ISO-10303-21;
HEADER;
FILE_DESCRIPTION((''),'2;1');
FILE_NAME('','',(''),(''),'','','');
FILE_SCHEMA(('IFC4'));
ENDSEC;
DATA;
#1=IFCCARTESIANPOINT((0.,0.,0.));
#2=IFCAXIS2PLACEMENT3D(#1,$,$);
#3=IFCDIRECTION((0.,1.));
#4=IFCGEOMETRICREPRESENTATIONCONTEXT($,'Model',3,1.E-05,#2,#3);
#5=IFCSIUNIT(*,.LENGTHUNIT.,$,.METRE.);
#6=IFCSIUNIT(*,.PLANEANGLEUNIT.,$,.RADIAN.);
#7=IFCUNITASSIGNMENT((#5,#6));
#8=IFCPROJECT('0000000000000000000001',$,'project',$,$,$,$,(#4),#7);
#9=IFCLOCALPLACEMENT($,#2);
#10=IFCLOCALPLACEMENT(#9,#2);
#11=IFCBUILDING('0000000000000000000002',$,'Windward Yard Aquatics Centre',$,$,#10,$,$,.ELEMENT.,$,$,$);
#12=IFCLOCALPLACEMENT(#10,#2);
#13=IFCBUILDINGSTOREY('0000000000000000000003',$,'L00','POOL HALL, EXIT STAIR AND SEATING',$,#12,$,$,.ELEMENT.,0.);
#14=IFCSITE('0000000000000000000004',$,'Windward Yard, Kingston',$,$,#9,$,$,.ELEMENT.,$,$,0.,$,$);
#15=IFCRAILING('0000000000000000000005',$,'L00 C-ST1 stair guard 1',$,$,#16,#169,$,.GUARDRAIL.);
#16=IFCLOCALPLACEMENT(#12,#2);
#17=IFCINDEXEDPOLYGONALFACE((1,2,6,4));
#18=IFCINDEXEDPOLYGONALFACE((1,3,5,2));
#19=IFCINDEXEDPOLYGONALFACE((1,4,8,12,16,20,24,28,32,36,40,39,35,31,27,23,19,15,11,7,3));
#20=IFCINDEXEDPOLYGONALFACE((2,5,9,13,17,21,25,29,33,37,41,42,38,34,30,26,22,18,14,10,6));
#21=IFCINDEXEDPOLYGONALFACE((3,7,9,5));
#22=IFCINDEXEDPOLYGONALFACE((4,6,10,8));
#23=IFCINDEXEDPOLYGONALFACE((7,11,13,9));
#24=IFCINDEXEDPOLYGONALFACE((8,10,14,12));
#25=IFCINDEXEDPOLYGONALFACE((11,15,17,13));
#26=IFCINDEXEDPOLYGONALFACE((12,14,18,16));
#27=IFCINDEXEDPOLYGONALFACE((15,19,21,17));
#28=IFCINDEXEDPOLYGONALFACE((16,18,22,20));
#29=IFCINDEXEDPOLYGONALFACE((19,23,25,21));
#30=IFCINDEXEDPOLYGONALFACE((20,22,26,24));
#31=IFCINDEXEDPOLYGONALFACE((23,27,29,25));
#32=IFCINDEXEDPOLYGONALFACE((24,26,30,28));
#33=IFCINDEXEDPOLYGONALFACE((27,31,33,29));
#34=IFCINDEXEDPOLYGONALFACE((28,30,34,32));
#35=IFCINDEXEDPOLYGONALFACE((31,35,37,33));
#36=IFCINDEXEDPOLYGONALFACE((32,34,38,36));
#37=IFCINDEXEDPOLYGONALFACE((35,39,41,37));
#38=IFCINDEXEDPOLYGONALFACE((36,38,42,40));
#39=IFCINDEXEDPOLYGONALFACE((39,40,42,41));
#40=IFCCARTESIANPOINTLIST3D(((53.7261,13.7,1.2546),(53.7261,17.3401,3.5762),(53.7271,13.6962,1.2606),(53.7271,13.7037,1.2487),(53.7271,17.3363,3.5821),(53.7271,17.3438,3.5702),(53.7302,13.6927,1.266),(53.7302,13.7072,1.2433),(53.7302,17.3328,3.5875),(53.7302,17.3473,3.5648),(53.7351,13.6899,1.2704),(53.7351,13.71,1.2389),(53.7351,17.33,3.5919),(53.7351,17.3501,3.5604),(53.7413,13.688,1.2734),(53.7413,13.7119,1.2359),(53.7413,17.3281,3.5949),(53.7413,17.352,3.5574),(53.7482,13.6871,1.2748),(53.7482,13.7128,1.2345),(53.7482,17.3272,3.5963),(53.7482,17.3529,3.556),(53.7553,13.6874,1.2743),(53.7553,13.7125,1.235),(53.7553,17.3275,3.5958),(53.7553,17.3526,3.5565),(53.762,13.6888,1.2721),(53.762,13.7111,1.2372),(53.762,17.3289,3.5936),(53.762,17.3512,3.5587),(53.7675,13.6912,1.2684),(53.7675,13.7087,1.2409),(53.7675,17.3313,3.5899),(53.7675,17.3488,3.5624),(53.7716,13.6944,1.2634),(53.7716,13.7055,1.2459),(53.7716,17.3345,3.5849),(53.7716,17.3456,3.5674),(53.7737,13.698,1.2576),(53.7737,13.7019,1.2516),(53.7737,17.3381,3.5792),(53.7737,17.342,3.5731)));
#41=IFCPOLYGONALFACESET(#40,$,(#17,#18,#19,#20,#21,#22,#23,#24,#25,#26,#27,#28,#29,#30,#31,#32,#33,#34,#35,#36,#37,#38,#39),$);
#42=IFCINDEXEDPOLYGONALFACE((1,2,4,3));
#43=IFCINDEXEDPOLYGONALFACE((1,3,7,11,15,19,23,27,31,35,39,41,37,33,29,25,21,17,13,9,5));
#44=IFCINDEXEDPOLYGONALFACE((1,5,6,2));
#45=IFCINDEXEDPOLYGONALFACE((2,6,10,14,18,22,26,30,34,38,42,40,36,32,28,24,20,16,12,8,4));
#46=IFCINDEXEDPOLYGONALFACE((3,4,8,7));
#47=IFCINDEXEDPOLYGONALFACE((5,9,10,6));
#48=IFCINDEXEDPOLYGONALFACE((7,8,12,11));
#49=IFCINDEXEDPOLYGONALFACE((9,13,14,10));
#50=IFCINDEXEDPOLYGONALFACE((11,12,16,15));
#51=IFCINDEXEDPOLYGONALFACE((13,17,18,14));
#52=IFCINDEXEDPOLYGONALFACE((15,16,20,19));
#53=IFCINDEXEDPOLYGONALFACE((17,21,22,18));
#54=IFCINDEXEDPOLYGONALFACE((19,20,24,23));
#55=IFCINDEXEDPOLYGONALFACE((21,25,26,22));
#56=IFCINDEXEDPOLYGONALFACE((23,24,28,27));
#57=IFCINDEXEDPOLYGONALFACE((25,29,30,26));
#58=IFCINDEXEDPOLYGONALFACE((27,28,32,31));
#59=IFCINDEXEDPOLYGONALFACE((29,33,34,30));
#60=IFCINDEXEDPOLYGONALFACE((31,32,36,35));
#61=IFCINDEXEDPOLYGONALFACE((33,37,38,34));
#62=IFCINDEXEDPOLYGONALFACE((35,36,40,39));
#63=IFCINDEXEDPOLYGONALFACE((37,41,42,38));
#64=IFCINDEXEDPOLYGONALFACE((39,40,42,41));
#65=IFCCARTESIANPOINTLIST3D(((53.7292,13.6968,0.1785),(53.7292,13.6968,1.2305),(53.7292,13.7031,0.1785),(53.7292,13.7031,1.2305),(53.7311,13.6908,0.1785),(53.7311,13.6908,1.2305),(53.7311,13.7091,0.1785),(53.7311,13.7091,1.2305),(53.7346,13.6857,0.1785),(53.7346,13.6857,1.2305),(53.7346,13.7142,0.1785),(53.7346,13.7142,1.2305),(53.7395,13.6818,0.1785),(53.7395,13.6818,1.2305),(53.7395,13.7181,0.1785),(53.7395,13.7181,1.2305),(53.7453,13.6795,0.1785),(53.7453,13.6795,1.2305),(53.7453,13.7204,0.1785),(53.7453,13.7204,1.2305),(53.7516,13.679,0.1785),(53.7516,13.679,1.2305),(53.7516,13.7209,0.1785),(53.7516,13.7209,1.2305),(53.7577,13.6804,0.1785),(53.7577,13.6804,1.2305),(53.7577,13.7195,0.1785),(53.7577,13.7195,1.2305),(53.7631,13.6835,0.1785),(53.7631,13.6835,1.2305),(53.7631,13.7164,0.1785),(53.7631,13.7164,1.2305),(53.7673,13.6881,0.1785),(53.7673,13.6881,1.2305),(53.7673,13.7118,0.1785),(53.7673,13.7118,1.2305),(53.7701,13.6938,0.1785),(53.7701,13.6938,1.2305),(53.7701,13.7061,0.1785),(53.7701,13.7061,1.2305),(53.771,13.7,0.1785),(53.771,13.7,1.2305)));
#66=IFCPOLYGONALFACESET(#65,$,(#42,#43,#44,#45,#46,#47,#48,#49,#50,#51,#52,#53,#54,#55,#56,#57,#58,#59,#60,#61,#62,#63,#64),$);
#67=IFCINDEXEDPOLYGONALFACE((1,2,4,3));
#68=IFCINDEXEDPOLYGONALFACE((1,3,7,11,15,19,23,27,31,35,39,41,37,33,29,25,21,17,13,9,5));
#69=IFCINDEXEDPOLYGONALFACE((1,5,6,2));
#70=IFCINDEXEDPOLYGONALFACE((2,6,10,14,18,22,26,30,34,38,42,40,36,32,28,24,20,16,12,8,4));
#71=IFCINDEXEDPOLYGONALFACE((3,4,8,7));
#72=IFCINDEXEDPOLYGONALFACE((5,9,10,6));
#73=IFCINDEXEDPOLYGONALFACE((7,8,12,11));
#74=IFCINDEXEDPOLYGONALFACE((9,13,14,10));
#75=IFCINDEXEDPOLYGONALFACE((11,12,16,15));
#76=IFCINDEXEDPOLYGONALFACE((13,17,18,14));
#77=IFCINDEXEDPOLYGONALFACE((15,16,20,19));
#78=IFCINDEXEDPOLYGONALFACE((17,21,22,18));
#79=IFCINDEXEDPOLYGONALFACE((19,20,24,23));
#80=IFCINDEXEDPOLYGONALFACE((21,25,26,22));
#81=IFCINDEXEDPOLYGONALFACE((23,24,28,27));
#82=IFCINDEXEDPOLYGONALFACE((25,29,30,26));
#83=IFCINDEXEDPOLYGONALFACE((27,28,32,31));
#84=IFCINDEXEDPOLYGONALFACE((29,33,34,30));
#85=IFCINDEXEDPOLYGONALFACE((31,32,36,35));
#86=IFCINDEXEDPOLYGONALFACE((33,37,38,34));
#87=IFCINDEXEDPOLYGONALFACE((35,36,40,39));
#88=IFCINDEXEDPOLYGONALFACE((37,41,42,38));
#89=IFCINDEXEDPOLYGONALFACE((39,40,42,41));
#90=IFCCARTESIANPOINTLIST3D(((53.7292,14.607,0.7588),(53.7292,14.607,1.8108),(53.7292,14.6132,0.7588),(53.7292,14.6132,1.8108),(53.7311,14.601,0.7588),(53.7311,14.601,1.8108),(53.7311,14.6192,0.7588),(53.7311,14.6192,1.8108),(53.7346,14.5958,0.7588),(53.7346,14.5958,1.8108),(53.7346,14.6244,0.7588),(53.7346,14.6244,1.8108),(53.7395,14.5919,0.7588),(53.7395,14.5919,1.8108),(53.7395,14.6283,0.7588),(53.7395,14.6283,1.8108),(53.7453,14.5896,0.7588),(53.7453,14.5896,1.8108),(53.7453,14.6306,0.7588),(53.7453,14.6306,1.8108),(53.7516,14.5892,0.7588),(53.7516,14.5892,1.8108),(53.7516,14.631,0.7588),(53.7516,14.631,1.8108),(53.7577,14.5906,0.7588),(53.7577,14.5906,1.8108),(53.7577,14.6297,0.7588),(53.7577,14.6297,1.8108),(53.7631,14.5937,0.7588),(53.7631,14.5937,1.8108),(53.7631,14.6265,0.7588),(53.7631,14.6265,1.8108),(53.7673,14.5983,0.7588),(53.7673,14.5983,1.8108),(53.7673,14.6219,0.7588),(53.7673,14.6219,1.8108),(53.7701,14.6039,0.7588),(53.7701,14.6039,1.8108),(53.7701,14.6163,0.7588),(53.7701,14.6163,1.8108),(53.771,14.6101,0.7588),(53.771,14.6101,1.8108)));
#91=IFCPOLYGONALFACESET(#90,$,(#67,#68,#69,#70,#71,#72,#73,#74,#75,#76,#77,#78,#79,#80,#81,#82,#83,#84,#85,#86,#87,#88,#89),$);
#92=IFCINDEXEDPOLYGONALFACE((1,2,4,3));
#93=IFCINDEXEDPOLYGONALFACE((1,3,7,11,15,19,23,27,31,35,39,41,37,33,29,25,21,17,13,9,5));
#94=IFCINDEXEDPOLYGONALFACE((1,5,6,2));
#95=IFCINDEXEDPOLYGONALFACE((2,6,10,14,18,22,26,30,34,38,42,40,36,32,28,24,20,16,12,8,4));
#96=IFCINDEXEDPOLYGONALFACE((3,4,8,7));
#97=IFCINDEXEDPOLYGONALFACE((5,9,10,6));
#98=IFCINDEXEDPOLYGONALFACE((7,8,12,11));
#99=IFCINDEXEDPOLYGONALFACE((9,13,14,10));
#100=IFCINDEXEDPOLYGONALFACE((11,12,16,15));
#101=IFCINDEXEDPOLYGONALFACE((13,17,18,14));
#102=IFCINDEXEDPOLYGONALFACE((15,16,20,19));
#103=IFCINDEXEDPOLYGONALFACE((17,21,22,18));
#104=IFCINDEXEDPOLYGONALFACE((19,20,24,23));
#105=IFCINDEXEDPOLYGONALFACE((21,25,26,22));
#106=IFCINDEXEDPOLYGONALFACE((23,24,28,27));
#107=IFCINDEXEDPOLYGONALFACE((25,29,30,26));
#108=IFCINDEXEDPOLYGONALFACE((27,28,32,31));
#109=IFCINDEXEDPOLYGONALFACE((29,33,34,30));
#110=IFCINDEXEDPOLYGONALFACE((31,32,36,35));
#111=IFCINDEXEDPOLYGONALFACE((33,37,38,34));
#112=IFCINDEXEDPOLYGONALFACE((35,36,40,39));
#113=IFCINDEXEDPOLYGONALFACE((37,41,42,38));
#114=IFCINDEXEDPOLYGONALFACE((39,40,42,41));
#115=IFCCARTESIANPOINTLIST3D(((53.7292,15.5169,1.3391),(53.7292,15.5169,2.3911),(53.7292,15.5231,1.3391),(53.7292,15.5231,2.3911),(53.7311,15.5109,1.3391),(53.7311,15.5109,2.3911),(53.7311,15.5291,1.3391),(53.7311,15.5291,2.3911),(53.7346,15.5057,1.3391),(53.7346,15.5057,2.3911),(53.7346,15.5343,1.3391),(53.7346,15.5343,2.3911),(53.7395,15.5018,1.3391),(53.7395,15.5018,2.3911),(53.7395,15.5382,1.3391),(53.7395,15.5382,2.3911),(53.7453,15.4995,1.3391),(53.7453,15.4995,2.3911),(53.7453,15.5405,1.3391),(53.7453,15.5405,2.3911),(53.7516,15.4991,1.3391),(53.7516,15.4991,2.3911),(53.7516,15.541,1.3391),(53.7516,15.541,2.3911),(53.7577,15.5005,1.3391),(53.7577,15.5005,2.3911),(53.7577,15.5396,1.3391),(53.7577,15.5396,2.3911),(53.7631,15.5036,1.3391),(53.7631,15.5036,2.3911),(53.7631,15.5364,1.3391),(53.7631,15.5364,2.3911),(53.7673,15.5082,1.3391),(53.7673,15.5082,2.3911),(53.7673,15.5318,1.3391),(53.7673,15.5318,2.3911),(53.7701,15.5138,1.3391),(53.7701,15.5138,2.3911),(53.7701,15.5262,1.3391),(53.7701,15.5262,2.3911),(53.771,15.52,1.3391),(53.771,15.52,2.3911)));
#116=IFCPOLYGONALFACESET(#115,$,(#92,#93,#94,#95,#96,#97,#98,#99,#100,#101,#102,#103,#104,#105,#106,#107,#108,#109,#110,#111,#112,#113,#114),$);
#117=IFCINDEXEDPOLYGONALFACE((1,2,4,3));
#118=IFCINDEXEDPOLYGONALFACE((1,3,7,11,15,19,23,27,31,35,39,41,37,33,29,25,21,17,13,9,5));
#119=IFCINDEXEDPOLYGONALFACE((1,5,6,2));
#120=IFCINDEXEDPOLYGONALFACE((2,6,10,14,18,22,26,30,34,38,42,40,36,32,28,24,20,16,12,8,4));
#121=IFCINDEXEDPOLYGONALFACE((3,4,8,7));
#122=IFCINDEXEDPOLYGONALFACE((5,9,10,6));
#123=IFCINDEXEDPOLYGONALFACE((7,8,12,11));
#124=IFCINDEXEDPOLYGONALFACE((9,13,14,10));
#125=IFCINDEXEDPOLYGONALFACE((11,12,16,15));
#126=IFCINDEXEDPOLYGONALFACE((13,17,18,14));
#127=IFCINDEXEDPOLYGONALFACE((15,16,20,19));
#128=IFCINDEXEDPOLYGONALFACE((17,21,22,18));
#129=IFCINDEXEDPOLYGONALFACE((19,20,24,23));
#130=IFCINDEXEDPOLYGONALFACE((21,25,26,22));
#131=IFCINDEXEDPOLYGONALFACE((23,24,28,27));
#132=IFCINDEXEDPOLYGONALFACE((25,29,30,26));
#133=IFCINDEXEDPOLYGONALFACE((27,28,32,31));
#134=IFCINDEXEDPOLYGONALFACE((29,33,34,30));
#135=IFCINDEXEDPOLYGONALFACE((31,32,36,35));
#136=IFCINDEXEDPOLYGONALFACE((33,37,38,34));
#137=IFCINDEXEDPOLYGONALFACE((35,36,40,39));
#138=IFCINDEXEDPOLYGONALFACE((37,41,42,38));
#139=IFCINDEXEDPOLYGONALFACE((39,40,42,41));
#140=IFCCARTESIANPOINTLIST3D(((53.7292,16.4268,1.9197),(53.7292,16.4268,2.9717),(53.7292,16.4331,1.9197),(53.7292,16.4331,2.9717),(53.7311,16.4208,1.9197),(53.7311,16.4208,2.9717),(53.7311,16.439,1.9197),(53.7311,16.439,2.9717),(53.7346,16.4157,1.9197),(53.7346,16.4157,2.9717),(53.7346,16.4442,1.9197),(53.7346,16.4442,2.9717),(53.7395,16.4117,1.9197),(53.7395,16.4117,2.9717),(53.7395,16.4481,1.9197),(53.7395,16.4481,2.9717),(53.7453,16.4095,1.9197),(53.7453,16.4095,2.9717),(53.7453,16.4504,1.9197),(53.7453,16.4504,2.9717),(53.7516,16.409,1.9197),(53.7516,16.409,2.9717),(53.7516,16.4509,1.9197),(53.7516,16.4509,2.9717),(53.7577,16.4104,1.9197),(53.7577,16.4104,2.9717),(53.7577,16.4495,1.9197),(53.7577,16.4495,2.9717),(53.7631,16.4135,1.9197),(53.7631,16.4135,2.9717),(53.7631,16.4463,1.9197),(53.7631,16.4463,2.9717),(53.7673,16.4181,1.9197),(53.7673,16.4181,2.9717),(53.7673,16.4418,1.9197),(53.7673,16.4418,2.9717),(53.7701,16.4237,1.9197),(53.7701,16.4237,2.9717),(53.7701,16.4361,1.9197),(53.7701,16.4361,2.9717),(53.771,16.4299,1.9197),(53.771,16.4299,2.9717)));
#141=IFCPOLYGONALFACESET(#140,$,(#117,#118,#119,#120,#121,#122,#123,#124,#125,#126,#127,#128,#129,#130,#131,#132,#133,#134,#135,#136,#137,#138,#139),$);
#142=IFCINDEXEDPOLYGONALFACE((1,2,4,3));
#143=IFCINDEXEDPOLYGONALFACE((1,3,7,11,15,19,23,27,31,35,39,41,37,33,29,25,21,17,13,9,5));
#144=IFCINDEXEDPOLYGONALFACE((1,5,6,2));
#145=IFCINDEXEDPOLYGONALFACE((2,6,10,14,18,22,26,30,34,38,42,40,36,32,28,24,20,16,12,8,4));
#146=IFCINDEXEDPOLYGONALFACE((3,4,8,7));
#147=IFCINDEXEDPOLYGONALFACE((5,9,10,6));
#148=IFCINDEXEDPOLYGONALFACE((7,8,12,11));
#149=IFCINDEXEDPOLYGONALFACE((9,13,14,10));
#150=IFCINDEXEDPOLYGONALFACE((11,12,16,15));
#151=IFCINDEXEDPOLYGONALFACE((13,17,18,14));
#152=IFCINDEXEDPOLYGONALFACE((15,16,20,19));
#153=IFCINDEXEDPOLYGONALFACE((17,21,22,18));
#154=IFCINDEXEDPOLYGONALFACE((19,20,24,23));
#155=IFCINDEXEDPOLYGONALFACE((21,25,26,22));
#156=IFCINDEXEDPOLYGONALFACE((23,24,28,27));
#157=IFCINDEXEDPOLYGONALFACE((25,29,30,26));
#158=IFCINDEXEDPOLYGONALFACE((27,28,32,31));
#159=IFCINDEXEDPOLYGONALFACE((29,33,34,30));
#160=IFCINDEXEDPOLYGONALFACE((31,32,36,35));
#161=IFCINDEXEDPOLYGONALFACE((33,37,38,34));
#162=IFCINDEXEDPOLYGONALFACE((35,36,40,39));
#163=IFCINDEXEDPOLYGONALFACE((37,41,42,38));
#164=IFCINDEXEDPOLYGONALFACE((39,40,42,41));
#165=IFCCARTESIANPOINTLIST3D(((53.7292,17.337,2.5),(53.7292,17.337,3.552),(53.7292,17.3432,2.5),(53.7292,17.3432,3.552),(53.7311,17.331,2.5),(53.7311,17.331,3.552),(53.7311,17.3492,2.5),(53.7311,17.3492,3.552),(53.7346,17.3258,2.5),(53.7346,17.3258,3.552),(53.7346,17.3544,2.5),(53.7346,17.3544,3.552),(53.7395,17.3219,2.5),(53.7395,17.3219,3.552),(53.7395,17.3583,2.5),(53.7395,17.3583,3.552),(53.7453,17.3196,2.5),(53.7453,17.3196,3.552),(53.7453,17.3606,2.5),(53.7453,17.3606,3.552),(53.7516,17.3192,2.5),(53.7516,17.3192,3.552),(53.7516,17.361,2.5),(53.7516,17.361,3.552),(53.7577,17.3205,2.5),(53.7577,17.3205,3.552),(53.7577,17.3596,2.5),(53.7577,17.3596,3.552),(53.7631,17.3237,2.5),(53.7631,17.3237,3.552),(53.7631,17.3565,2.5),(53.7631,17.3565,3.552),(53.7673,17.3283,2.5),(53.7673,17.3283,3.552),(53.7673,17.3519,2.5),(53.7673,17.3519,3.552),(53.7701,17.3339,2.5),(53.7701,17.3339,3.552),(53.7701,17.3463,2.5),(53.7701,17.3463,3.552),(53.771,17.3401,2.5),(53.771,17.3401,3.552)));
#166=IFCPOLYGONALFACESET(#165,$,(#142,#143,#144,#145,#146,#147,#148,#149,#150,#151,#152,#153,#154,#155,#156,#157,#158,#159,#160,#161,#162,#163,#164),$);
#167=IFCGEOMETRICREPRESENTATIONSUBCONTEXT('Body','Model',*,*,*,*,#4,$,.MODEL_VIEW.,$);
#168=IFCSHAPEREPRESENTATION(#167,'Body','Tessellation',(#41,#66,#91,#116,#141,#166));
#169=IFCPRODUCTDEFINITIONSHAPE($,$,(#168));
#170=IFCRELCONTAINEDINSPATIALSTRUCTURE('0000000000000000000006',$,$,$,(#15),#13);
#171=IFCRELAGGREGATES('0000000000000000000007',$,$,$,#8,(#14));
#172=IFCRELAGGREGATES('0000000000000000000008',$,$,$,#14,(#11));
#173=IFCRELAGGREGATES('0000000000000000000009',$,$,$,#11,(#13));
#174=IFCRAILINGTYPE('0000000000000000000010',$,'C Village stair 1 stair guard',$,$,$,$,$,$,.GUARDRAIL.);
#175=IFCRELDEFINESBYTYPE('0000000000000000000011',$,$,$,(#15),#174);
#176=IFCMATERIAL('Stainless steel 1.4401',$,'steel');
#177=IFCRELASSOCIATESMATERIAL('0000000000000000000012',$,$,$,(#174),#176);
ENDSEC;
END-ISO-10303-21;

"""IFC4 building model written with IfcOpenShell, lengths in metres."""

from ifc_helpers import new_model, si_unit, direction, frame, origin, origin_2d, place, context, subcontext, project, spatial, circle, extrude, material, type_object, element, save


model = new_model("IFC4")

# Units and contexts
model_context = context("Model", 3, precision=1e-05, world=origin(), true_north=direction((0.0, 1.0)))
body_context = subcontext(model_context, "Body", "Model", "MODEL_VIEW")
ifc_project = project(units=[si_unit("LENGTHUNIT", "METRE"), si_unit("PLANEANGLEUNIT", "RADIAN")], contexts=[model_context])

# Site, building, storey
site_placement = place(None, origin())
site = spatial("IfcSite", under=ifc_project, at=site_placement, Name="Windward Yard, Kingston", CompositionType="ELEMENT", RefElevation=0.0)
building_placement = place(site_placement, origin())
building = spatial("IfcBuilding", under=site, at=building_placement, Name="Windward Yard Aquatics Centre", CompositionType="ELEMENT")
storey_placement = place(building_placement, origin())
storey = spatial("IfcBuildingStorey", under=building, at=storey_placement, Name="L00", Description="POOL HALL, EXIT STAIR AND SEATING", CompositionType="ELEMENT", Elevation=0.0)

# Railing
ifc_material_1 = material(Name="Stainless steel 1.4401", Category="steel")
railing_type_1 = type_object("IfcRailingType", Name="C Village stair 1 stair guard", PredefinedType="GUARDRAIL", material=ifc_material_1)
railing_1_placement = place(storey_placement, frame((53.75, 13.7, 0.1785)))
element("IfcRailing", 1, at=railing_1_placement, inside=storey, type_object=railing_type_1, Name="L00 C-ST1 stair guard 1", PredefinedType="GUARDRAIL", context=body_context, shape_type="SweptSolid", body=[
    extrude(circle(Radius=0.0239, at=origin_2d()), frame((0.0, 0.0, 1.0762), z_axis=(0.0, 0.843128, 0.537713), x_axis=(-1.0, 0.0, 0.0)), (0.0, 0.0, 1.0), 4.3174),
    extrude(circle(Radius=0.021, at=origin_2d()), origin(), (0.0, 0.0, 1.0), 1.052),
    extrude(circle(Radius=0.021, at=origin_2d()), frame((0.0, 0.9102, 0.5803)), (0.0, 0.0, 1.0), 1.052),
    extrude(circle(Radius=0.021, at=origin_2d()), frame((0.0, 1.8201, 1.1606)), (0.0, 0.0, 1.0), 1.052),
    extrude(circle(Radius=0.021, at=origin_2d()), frame((0.0, 2.73, 1.7412)), (0.0, 0.0, 1.0), 1.052),
    extrude(circle(Radius=0.021, at=origin_2d()), frame((0.0, 3.6401, 2.3215)), (0.0, 0.0, 1.0), 1.052),
])

save(model, "model.ifc")
